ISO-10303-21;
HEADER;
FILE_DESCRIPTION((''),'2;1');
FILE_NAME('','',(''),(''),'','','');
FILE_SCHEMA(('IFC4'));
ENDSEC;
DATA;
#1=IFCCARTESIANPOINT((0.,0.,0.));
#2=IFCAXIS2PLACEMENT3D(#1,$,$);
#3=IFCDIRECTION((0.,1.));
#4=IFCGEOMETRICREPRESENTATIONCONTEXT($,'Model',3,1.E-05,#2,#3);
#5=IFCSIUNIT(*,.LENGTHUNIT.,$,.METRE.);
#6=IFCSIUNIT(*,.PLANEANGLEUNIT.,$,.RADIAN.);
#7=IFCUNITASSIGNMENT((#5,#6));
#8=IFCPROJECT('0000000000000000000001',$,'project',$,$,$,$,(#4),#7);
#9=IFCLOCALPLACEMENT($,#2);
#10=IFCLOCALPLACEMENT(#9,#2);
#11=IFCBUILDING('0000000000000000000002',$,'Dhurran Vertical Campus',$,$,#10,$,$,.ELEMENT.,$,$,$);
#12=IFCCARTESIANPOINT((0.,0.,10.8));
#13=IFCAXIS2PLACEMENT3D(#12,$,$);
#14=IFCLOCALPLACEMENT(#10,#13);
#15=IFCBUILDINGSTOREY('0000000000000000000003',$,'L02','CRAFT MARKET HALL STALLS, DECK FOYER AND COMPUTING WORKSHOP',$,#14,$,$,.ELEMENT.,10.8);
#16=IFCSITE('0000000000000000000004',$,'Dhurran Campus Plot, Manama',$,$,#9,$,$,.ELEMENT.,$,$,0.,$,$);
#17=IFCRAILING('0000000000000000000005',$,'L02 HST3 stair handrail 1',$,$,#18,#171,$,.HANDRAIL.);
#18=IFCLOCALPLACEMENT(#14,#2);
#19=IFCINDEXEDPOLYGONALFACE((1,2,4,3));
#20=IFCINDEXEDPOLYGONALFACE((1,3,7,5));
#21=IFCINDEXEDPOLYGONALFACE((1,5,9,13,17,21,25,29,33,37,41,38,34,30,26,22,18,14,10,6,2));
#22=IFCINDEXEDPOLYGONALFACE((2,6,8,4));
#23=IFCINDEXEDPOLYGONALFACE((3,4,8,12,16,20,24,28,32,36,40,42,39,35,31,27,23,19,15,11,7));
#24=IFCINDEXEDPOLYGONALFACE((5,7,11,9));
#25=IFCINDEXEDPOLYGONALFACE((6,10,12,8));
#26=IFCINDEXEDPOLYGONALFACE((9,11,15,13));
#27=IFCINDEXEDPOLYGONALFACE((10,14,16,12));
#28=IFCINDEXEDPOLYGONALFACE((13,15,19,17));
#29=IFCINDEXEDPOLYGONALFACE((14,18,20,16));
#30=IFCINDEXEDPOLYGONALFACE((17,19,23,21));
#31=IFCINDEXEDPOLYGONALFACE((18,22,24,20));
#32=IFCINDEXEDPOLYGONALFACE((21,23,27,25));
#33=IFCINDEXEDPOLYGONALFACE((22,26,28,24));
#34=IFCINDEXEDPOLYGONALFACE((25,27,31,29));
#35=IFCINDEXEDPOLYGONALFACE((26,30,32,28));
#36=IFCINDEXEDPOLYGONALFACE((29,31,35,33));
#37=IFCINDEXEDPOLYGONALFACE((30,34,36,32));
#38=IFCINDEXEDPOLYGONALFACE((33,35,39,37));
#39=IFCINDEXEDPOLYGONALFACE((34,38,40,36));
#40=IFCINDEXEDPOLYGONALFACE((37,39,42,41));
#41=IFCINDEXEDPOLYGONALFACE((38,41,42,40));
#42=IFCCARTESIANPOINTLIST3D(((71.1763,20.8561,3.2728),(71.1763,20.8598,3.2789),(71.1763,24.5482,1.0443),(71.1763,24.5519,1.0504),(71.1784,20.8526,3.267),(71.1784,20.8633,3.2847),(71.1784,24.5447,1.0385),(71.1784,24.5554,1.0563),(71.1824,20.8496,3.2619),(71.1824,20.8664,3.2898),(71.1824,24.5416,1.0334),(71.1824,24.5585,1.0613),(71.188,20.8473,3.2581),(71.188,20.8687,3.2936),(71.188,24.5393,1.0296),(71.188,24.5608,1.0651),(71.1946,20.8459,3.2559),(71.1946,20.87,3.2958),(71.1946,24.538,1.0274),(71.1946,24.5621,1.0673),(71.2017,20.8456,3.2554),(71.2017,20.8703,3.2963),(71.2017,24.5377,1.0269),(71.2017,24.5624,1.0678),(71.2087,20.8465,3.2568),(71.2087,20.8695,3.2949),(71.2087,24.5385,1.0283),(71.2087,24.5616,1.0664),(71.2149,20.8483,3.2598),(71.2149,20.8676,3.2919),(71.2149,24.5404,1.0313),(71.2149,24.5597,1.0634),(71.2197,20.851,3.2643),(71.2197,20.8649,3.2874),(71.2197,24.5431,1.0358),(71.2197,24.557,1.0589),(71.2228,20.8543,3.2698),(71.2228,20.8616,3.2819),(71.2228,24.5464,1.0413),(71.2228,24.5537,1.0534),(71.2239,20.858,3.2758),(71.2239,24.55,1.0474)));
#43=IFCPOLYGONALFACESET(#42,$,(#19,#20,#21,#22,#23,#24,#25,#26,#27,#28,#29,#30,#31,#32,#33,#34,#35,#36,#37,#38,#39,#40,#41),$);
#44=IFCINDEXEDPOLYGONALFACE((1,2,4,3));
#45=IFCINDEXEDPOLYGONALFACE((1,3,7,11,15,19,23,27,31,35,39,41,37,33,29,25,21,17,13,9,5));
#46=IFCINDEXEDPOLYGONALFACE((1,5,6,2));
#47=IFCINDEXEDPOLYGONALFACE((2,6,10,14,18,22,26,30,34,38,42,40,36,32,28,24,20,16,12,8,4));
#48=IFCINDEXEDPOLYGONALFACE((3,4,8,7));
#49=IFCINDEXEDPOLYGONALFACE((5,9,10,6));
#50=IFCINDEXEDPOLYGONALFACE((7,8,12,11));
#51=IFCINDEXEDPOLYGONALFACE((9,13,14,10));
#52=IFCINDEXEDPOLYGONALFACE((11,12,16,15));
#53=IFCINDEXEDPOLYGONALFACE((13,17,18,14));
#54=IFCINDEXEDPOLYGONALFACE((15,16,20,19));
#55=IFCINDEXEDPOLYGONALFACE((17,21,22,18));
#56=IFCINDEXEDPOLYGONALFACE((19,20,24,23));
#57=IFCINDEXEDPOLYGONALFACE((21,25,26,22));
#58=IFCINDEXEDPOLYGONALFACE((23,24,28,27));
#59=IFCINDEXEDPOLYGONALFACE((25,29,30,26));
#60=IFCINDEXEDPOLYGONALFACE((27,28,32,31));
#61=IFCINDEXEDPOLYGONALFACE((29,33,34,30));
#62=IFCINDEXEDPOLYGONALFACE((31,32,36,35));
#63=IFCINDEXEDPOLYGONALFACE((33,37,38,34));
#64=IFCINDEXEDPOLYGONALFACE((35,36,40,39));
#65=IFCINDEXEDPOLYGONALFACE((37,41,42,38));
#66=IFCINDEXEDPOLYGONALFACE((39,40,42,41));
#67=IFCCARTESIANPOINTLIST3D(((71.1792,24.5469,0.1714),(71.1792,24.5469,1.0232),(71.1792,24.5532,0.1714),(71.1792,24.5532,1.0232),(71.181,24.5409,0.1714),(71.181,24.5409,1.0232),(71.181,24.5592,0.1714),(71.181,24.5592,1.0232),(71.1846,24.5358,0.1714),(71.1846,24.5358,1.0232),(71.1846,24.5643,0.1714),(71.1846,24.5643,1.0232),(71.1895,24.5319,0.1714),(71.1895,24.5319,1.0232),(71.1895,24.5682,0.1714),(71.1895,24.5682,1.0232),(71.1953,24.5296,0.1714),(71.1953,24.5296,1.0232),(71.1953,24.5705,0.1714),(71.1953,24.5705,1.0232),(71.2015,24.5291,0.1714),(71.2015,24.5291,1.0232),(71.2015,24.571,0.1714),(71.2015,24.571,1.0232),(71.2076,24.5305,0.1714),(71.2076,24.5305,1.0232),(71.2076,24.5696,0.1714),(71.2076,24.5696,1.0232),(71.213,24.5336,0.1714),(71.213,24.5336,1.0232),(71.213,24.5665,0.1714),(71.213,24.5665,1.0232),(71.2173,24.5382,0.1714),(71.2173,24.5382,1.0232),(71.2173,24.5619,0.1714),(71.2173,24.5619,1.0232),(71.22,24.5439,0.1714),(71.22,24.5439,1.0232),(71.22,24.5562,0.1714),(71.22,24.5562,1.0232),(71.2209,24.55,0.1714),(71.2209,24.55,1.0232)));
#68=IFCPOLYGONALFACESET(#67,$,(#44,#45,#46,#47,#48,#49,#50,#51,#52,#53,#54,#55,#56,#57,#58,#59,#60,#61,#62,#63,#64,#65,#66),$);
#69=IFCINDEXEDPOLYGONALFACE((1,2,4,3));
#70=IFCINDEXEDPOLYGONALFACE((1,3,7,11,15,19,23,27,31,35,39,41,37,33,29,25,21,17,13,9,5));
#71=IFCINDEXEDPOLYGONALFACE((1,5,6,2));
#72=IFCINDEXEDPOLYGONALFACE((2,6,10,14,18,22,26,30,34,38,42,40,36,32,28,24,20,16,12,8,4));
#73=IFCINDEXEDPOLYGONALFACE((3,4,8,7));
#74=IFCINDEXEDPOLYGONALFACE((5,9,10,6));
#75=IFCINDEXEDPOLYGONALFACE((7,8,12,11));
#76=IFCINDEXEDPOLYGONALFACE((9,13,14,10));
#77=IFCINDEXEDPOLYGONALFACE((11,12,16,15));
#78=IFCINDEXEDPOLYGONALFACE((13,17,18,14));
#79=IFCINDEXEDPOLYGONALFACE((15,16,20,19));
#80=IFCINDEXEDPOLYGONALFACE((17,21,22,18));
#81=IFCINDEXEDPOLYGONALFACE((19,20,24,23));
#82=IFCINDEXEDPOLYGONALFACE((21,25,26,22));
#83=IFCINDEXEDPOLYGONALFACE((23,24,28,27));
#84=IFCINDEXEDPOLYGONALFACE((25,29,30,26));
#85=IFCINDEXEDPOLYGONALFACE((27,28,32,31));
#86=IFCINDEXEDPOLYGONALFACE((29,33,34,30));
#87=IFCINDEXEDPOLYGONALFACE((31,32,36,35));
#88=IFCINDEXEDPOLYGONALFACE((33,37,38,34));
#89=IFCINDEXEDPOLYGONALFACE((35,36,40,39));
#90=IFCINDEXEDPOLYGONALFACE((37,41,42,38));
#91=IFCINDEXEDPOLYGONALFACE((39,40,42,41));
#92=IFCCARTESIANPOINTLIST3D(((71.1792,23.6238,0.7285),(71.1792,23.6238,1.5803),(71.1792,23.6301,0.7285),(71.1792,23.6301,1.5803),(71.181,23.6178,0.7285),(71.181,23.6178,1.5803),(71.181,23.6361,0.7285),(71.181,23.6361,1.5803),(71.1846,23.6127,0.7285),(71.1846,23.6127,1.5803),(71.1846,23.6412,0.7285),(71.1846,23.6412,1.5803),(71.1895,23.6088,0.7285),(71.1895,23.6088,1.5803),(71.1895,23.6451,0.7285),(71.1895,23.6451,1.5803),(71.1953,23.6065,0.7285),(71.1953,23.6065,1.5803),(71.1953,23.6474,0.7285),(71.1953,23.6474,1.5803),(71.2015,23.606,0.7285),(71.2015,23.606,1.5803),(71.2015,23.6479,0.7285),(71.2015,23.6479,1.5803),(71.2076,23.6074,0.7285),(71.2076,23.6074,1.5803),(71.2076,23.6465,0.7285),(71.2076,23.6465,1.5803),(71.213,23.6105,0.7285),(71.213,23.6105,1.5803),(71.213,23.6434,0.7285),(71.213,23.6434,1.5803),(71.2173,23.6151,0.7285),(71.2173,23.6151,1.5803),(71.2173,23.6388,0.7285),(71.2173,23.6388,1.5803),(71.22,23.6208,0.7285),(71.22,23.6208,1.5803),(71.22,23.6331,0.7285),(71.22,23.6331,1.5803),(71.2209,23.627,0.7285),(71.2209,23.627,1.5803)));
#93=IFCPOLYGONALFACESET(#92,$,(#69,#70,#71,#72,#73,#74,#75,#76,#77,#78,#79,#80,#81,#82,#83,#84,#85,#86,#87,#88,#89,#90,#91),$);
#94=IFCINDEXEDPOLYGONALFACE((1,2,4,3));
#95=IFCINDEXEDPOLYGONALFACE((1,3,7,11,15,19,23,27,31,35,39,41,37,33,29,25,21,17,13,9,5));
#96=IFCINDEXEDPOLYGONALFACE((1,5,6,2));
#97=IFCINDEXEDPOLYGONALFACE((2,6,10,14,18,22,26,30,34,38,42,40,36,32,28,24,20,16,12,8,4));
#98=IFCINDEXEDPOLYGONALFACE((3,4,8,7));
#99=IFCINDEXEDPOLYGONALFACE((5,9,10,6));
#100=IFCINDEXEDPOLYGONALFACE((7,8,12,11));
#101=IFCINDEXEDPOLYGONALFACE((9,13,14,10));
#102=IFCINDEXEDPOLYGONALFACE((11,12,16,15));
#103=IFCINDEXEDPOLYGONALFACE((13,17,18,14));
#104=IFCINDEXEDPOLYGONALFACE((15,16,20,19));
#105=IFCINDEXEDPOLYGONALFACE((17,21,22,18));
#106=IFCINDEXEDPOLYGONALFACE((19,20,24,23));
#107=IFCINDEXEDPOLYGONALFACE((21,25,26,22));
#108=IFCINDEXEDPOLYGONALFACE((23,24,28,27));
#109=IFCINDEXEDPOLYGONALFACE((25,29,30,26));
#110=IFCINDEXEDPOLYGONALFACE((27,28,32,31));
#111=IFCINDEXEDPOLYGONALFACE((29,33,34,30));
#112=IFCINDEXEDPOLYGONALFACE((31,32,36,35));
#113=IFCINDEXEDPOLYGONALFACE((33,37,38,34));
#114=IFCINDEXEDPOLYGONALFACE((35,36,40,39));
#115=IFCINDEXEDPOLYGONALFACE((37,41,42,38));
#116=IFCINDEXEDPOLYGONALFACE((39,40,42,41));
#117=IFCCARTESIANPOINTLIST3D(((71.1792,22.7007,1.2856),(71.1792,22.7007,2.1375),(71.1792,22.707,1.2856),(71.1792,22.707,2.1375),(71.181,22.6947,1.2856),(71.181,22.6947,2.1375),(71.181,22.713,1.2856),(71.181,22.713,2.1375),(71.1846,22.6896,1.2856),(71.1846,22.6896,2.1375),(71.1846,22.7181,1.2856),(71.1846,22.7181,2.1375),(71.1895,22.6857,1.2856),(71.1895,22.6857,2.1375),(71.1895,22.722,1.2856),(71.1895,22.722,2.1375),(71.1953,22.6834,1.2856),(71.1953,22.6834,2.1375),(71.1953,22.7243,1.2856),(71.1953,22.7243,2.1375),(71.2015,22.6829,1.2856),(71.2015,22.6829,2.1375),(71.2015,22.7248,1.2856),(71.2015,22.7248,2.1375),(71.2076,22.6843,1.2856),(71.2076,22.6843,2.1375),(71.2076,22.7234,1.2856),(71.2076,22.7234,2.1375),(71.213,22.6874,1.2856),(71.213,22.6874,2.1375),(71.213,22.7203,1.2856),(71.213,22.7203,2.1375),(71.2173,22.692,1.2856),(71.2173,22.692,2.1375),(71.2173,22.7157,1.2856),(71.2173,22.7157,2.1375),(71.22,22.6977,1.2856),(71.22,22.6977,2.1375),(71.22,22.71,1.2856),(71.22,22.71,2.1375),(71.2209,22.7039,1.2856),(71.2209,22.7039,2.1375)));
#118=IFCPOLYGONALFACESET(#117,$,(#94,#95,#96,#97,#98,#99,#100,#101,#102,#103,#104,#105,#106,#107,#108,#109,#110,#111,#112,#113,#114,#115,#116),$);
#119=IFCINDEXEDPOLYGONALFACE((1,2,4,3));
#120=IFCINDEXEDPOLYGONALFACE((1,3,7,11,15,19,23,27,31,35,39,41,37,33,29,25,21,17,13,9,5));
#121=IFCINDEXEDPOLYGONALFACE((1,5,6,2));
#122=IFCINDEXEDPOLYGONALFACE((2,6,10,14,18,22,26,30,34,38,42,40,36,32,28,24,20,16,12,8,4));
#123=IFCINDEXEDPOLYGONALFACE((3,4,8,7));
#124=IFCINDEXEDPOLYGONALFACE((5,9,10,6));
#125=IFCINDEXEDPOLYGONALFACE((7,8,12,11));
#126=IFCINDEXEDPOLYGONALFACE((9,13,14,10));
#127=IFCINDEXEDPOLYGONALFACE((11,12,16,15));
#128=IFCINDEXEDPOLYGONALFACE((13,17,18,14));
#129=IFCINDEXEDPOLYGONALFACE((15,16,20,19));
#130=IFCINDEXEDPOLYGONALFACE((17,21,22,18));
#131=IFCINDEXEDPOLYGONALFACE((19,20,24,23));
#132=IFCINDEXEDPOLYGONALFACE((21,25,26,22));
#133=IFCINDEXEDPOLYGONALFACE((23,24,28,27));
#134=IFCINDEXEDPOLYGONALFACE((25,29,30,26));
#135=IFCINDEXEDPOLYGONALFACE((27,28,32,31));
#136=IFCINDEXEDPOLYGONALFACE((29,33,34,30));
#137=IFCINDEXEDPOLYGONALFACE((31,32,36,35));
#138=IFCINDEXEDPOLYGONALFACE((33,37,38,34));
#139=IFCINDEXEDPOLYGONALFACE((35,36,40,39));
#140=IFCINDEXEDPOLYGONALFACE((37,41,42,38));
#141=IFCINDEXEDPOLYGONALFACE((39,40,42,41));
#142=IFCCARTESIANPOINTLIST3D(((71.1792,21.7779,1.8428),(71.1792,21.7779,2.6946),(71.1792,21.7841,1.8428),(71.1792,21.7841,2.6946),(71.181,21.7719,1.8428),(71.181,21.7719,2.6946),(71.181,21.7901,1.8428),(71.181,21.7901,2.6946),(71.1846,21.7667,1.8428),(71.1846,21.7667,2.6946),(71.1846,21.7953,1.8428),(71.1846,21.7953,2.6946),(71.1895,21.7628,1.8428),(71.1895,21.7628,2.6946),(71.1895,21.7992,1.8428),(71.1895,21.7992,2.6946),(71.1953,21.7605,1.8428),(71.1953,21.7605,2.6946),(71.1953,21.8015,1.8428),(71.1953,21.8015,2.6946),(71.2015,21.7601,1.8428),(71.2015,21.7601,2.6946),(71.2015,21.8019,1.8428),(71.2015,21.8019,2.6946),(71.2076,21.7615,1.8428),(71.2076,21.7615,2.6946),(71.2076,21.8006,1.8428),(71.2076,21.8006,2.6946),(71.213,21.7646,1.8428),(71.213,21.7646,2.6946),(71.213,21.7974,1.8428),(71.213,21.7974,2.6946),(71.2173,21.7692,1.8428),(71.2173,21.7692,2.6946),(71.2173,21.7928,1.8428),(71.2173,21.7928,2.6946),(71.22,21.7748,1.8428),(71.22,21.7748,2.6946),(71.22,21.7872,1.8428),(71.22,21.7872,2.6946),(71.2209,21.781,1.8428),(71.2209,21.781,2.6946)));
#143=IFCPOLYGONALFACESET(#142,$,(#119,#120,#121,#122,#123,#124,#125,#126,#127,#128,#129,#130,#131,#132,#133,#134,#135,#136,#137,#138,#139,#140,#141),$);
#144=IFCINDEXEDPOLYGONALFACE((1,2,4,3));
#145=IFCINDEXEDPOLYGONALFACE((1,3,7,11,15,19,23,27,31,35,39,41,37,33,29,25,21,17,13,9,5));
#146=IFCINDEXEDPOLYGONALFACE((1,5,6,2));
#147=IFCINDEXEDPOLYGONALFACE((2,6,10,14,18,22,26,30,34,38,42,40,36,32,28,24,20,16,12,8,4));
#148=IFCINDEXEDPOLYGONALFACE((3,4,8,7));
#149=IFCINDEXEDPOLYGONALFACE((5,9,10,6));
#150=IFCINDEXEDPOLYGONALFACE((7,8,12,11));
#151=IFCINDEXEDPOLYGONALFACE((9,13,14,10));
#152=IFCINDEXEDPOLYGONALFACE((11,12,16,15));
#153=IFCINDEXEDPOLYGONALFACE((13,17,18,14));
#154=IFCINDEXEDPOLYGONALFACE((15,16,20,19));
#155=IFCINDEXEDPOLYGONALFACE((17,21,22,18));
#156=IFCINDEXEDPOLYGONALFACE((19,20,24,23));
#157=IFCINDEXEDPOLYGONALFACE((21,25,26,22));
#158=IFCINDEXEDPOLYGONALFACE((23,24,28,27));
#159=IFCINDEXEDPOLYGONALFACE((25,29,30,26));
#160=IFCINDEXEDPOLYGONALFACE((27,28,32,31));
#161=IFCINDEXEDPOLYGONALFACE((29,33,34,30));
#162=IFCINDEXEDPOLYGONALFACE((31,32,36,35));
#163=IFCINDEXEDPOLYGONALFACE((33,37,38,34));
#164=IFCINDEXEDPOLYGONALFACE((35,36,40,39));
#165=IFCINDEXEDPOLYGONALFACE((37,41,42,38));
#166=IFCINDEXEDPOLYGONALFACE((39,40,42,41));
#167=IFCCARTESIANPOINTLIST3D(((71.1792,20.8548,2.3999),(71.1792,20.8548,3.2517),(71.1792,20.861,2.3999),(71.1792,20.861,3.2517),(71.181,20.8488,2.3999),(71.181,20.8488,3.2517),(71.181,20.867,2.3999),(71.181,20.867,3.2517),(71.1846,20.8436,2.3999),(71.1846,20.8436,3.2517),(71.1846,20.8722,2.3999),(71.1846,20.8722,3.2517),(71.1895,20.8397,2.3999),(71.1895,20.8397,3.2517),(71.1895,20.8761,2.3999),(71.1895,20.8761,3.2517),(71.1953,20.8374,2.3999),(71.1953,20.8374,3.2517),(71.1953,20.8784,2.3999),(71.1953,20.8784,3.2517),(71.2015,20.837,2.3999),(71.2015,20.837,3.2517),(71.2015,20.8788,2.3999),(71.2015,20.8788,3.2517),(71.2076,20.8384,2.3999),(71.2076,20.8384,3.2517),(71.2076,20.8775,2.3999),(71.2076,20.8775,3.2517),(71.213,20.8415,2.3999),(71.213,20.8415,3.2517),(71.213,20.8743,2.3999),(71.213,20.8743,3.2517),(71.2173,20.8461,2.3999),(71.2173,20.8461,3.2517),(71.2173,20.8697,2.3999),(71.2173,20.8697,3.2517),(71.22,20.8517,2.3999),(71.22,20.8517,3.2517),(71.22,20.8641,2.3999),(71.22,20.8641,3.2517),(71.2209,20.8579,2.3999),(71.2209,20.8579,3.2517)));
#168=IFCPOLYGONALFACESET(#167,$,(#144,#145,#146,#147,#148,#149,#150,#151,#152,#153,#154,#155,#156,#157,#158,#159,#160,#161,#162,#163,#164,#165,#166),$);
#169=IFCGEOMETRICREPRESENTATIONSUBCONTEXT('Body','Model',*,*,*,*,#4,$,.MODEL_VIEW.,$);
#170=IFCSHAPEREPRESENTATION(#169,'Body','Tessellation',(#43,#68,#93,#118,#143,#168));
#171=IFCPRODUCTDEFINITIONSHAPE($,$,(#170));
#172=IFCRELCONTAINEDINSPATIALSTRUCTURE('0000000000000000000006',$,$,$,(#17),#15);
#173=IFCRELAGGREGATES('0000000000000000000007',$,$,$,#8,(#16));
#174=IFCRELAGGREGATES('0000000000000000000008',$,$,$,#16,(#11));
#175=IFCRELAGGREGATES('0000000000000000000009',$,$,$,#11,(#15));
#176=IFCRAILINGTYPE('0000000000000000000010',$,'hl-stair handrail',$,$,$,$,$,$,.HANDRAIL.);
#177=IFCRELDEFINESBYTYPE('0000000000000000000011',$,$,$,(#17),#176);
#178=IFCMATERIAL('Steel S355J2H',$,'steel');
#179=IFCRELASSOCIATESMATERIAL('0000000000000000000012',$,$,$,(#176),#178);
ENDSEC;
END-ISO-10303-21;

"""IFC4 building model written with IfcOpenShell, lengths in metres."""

from ifc_helpers import new_model, si_unit, direction, frame, origin, origin_2d, place, context, subcontext, project, spatial, circle, extrude, material, type_object, element, save


model = new_model("IFC4")

# Units and contexts
model_context = context("Model", 3, precision=1e-05, world=origin(), true_north=direction((0.0, 1.0)))
body_context = subcontext(model_context, "Body", "Model", "MODEL_VIEW")
ifc_project = project(units=[si_unit("LENGTHUNIT", "METRE"), si_unit("PLANEANGLEUNIT", "RADIAN")], contexts=[model_context])

# Site, building, storey
site_placement = place(None, origin())
site = spatial("IfcSite", under=ifc_project, at=site_placement, Name="Dhurran Campus Plot, Manama", CompositionType="ELEMENT", RefElevation=0.0)
building_placement = place(site_placement, origin())
building = spatial("IfcBuilding", under=site, at=building_placement, Name="Dhurran Vertical Campus", CompositionType="ELEMENT")
storey_placement = place(building_placement, frame((0.0, 0.0, 10.8)))
storey = spatial("IfcBuildingStorey", under=building, at=storey_placement, Name="L02", Description="CRAFT MARKET HALL STALLS, DECK FOYER AND COMPUTING WORKSHOP", CompositionType="ELEMENT", Elevation=10.8)

# Railing
ifc_material_1 = material(Name="Steel S355J2H", Category="steel")
railing_type_1 = type_object("IfcRailingType", Name="hl-stair handrail", PredefinedType="HANDRAIL", material=ifc_material_1)
railing_1_placement = place(storey_placement, frame((71.2, 24.55, 0.1714)))
element("IfcRailing", 1, at=railing_1_placement, inside=storey, type_object=railing_type_1, Name="L02 HST3 stair handrail 1", PredefinedType="HANDRAIL", context=body_context, shape_type="SweptSolid", body=[
    extrude(circle(Radius=0.0239, at=origin_2d()), frame((0.0, 0.0, 0.876), z_axis=(0.0, -0.856136, 0.51675), x_axis=(1.0, 0.0, 0.0)), (0.0, 0.0, 1.0), 4.3125),
    extrude(circle(Radius=0.021, at=origin_2d()), origin(), (0.0, 0.0, 1.0), 0.8518),
    extrude(circle(Radius=0.021, at=origin_2d()), frame((0.0, -0.9231, 0.5571)), (0.0, 0.0, 1.0), 0.8518),
    extrude(circle(Radius=0.021, at=origin_2d()), frame((0.0, -1.8462, 1.1143)), (0.0, 0.0, 1.0), 0.8518),
    extrude(circle(Radius=0.021, at=origin_2d()), frame((0.0, -2.769, 1.6714)), (0.0, 0.0, 1.0), 0.8518),
    extrude(circle(Radius=0.021, at=origin_2d()), frame((0.0, -3.6921, 2.2285)), (0.0, 0.0, 1.0), 0.8518),
])

save(model, "model.ifc")
